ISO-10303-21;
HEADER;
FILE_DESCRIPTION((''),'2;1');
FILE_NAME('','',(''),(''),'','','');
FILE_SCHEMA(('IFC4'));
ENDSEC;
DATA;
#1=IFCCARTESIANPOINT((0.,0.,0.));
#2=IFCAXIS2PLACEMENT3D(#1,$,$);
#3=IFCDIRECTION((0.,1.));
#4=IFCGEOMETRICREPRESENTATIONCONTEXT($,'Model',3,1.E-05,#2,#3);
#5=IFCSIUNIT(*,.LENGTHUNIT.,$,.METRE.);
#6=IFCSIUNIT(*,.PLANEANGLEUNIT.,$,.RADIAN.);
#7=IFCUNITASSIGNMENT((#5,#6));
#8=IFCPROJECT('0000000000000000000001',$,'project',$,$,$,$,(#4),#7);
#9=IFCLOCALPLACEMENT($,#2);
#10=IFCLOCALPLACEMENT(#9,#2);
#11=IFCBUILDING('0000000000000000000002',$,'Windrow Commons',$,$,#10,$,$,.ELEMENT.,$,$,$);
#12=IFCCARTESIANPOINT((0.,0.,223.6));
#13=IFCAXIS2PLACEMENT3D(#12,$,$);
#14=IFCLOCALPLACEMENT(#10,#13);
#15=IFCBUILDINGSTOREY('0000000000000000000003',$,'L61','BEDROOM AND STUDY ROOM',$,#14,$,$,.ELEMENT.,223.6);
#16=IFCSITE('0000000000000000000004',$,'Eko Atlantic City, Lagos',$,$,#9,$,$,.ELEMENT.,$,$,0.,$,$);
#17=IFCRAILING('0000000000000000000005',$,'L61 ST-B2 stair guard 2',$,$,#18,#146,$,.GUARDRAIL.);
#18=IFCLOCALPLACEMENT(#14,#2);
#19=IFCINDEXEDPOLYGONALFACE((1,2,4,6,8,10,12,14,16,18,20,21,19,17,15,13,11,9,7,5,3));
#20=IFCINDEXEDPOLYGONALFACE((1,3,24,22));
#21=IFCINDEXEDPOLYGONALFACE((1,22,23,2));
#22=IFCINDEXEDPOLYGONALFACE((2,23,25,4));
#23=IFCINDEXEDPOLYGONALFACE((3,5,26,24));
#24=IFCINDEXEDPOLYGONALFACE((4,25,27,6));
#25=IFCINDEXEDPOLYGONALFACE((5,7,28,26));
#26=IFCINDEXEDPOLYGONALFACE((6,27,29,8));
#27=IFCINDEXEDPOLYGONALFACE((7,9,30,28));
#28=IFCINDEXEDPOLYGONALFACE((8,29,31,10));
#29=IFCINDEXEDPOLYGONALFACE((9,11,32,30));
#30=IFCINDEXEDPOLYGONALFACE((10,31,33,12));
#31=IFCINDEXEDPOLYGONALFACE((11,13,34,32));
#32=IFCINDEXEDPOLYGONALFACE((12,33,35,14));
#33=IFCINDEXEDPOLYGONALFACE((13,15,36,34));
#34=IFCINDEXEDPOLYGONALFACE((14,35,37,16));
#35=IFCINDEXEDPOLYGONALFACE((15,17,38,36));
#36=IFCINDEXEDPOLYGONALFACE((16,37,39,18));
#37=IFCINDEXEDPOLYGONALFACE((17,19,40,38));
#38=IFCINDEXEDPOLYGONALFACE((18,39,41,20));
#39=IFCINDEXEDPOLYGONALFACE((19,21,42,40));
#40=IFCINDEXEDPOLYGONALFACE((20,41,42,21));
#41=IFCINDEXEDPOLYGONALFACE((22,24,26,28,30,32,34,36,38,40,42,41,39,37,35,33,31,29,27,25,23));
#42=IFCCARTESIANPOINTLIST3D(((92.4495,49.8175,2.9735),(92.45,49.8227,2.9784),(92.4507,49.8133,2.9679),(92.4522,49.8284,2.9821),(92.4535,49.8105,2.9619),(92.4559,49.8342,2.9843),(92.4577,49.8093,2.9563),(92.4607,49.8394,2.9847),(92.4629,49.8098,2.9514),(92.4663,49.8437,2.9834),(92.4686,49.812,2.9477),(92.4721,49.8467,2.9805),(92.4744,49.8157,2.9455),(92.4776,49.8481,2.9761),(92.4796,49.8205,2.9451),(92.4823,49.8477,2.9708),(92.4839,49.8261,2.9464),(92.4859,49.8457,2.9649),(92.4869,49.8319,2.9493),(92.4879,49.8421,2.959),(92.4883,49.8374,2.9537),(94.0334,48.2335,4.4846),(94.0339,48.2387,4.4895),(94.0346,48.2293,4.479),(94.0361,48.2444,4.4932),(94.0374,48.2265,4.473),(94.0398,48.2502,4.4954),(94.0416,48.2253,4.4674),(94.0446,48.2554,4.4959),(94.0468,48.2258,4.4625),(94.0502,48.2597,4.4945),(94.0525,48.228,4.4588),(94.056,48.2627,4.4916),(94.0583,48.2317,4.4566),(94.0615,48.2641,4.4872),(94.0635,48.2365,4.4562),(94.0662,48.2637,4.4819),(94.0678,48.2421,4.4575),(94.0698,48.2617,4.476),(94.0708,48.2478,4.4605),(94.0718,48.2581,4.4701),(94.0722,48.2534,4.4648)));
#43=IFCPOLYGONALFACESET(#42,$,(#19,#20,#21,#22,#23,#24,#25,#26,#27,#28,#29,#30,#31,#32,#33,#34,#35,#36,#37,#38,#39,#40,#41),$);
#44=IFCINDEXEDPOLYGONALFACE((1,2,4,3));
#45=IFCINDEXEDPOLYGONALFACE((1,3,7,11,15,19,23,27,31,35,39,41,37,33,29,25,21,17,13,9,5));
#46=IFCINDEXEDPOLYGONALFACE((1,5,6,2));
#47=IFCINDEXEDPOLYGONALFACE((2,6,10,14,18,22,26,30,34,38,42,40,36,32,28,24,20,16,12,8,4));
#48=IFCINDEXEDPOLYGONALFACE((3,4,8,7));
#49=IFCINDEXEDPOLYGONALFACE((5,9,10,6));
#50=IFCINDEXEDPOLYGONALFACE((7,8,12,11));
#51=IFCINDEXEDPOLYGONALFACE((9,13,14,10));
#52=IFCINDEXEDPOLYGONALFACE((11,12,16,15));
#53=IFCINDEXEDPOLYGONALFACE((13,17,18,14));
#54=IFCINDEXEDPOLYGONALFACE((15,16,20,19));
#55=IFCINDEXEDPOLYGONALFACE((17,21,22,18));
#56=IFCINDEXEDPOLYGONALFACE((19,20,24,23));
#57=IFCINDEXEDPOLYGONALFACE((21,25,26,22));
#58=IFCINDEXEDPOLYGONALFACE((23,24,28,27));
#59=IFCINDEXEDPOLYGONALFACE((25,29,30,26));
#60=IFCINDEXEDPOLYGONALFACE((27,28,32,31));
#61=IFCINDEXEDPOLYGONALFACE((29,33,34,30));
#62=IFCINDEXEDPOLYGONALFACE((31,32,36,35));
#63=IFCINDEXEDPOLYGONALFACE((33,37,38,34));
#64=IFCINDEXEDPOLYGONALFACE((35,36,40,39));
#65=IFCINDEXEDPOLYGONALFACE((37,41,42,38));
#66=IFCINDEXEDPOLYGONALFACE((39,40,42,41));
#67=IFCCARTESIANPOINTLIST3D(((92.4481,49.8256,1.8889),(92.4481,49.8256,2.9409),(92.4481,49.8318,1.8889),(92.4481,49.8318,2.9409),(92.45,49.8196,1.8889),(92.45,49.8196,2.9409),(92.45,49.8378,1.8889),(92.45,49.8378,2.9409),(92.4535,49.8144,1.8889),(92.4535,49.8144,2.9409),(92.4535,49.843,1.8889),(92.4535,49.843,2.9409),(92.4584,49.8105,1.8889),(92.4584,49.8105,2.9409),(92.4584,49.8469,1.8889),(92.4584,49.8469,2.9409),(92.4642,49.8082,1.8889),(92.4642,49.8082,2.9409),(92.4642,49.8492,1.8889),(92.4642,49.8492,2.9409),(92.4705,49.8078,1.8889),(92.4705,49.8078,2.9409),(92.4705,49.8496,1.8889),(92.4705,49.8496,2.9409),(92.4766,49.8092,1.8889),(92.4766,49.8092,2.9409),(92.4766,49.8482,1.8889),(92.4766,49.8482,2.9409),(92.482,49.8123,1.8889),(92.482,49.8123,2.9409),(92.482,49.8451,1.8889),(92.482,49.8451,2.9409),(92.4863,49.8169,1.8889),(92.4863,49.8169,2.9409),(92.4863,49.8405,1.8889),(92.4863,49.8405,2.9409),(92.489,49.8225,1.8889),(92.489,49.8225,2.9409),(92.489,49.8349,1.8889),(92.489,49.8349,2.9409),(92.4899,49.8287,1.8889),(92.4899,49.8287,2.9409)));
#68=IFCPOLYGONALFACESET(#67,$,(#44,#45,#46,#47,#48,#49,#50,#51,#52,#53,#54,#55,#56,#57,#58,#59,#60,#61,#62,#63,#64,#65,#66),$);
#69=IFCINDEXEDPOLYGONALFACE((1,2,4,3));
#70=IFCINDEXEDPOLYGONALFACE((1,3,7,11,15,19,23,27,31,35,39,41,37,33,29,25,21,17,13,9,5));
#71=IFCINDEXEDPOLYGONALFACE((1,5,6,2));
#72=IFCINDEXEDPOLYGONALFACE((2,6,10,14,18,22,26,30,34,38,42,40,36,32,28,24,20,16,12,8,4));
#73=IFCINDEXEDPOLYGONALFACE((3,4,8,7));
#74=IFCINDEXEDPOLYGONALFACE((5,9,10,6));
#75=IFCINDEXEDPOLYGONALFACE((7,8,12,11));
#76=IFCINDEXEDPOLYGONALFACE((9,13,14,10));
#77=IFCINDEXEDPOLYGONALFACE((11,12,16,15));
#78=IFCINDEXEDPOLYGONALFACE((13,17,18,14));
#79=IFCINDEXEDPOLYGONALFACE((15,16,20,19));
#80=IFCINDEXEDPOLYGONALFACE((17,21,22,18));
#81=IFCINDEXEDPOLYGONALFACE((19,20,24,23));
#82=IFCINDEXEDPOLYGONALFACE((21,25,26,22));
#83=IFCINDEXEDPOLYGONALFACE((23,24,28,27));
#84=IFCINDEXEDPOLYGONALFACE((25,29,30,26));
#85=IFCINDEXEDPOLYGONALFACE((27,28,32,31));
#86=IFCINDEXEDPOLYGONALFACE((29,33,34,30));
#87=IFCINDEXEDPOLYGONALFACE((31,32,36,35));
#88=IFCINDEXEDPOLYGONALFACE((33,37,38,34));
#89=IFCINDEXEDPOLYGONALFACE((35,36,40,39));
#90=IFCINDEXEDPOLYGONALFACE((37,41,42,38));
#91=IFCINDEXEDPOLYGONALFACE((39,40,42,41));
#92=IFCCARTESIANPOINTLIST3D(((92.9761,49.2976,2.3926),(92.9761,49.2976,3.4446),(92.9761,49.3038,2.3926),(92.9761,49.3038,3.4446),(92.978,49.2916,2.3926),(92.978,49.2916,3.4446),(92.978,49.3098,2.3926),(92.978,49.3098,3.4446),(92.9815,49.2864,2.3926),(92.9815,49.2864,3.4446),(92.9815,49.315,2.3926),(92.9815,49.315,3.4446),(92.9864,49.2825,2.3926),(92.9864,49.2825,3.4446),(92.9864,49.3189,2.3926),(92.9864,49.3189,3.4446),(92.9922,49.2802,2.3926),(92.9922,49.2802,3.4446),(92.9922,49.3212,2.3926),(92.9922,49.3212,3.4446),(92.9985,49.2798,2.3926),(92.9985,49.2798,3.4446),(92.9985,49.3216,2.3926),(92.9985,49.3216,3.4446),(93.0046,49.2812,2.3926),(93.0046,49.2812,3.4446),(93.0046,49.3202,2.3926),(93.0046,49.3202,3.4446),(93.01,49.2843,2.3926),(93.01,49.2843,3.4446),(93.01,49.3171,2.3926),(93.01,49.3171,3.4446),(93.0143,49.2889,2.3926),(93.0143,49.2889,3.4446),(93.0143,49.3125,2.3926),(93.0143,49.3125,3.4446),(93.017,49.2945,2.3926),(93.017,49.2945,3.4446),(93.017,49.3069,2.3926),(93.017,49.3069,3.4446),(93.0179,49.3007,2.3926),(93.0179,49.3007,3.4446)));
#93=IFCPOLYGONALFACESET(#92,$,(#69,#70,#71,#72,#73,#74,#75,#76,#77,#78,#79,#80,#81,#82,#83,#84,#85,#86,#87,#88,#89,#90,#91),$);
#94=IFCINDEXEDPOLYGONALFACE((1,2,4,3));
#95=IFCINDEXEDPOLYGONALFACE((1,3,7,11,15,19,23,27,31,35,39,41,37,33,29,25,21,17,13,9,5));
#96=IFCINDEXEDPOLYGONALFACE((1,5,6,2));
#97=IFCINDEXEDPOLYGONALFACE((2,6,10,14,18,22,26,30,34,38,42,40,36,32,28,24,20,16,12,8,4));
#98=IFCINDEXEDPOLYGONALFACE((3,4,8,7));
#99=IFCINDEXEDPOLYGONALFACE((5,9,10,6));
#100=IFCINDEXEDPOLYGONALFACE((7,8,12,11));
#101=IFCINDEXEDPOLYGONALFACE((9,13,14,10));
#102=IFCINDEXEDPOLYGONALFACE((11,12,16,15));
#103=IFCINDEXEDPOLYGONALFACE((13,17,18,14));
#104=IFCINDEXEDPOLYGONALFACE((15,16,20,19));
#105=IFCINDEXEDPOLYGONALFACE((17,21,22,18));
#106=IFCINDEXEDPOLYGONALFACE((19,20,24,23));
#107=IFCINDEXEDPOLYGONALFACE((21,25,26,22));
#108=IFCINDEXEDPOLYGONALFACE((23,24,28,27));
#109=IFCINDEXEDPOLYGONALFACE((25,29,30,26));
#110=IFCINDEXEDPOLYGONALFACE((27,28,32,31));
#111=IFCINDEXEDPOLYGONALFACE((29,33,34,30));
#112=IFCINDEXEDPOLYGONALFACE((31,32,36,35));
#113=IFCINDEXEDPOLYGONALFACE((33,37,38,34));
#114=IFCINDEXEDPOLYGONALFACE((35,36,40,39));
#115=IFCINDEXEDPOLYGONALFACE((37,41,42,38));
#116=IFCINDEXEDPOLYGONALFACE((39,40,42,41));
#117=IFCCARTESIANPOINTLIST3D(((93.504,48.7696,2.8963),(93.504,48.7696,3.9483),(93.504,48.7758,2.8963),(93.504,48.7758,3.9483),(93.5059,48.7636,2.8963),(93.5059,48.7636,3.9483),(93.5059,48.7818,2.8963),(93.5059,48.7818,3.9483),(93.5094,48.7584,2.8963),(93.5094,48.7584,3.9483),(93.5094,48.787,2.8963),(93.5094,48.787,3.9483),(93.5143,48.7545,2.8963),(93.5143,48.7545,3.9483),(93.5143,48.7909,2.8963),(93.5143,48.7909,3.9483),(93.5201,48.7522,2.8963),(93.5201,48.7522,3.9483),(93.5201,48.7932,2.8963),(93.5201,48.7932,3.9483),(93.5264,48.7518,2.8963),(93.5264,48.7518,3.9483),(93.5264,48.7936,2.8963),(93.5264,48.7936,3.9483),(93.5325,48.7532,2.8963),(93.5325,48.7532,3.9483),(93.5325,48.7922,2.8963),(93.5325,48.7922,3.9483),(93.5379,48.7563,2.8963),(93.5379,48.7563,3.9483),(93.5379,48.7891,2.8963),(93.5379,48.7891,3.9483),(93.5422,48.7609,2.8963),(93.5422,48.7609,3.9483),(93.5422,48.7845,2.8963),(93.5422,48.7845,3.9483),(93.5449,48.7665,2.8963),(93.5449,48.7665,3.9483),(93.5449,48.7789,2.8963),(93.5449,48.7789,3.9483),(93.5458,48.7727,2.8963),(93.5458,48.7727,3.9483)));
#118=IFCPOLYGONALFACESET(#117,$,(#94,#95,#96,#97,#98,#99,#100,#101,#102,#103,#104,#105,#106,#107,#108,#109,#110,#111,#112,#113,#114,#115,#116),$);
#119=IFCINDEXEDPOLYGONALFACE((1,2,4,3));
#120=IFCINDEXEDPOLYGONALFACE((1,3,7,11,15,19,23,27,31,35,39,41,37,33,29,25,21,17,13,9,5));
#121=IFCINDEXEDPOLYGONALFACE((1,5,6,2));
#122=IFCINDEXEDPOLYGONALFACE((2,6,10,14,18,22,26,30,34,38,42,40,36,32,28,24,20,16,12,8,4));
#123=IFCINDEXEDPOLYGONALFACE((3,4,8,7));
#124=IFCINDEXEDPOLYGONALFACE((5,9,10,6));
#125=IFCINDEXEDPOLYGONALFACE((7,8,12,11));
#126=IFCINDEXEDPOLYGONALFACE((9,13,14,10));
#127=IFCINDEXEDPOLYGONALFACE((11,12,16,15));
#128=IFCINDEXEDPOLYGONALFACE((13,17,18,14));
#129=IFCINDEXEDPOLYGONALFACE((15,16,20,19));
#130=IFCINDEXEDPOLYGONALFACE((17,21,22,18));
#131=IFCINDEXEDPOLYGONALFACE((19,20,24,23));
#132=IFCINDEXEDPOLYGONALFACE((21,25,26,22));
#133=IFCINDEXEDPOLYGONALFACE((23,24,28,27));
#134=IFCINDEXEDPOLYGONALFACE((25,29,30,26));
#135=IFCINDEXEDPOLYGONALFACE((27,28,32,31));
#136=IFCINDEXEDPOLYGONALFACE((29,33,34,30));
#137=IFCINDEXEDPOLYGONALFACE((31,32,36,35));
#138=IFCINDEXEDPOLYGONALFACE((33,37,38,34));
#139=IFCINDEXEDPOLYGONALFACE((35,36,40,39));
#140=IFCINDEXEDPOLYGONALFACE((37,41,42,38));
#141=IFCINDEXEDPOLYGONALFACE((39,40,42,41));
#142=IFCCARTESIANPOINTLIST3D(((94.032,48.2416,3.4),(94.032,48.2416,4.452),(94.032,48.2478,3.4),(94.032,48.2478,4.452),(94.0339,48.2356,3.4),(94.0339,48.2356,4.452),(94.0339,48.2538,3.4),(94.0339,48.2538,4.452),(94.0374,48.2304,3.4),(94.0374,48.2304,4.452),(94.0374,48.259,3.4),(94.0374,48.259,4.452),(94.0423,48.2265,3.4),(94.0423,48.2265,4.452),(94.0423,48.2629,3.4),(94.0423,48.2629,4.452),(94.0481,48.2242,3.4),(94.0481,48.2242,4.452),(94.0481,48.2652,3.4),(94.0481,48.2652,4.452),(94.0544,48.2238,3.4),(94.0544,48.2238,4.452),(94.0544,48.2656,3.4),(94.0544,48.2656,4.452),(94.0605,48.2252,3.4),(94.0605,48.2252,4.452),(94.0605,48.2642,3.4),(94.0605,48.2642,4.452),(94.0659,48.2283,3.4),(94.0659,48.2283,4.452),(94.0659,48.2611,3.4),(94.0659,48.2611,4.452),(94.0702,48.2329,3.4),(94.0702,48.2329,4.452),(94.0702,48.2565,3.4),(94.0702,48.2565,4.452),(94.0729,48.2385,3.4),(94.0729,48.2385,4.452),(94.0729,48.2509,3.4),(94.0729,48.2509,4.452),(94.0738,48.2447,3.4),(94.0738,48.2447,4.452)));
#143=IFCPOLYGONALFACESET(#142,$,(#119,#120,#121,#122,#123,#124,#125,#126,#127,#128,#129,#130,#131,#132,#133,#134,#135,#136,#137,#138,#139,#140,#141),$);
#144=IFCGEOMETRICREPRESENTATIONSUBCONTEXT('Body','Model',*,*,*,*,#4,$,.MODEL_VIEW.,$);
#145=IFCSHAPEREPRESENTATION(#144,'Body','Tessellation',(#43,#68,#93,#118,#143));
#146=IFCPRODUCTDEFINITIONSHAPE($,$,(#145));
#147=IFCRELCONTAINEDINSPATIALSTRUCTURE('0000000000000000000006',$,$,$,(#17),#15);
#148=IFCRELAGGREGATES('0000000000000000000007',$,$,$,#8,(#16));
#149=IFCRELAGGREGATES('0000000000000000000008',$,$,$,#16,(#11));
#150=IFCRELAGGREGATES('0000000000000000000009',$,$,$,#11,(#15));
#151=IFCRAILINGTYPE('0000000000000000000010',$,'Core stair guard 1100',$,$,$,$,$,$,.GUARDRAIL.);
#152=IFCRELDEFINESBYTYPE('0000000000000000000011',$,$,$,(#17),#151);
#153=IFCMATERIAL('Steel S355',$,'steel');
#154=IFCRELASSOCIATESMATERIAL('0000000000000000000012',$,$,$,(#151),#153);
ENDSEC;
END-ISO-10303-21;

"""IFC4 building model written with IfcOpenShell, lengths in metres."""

from ifc_helpers import new_model, si_unit, direction, frame, origin, origin_2d, place, context, subcontext, project, spatial, circle, extrude, material, type_object, element, save


model = new_model("IFC4")

# Units and contexts
model_context = context("Model", 3, precision=1e-05, world=origin(), true_north=direction((0.0, 1.0)))
body_context = subcontext(model_context, "Body", "Model", "MODEL_VIEW")
ifc_project = project(units=[si_unit("LENGTHUNIT", "METRE"), si_unit("PLANEANGLEUNIT", "RADIAN")], contexts=[model_context])

# Site, building, storey
site_placement = place(None, origin())
site = spatial("IfcSite", under=ifc_project, at=site_placement, Name="Eko Atlantic City, Lagos", CompositionType="ELEMENT", RefElevation=0.0)
building_placement = place(site_placement, origin())
building = spatial("IfcBuilding", under=site, at=building_placement, Name="Windrow Commons", CompositionType="ELEMENT")
storey_placement = place(building_placement, frame((0.0, 0.0, 223.6)))
storey = spatial("IfcBuildingStorey", under=building, at=storey_placement, Name="L61", Description="BEDROOM AND STUDY ROOM", CompositionType="ELEMENT", Elevation=223.6)

# Railing
ifc_material_1 = material(Name="Steel S355", Category="steel")
railing_type_1 = type_object("IfcRailingType", Name="Core stair guard 1100", PredefinedType="GUARDRAIL", material=ifc_material_1)
railing_1_placement = place(storey_placement, frame((92.4689, 49.8287, 1.8889)))
element("IfcRailing", 1, at=railing_1_placement, inside=storey, type_object=railing_type_1, Name="L61 ST-B2 stair guard 2", PredefinedType="GUARDRAIL", context=body_context, shape_type="SweptSolid", body=[
    extrude(circle(Radius=0.024, at=origin_2d()), frame((0.0, 0.0, 1.076), z_axis=(0.586179, -0.586216, 0.559237), x_axis=(0.707129, 0.707084, 0.0)), (0.0, 0.0, 1.0), 2.7021),
    extrude(circle(Radius=0.021, at=origin_2d()), origin(), (0.0, 0.0, 1.0), 1.052),
    extrude(circle(Radius=0.021, at=origin_2d()), frame((0.528, -0.528, 0.5037)), (0.0, 0.0, 1.0), 1.052),
    extrude(circle(Radius=0.021, at=origin_2d()), frame((1.0559, -1.056, 1.0074)), (0.0, 0.0, 1.0), 1.052),
    extrude(circle(Radius=0.021, at=origin_2d()), frame((1.5839, -1.584, 1.5111)), (0.0, 0.0, 1.0), 1.052),
])

save(model, "model.ifc")
